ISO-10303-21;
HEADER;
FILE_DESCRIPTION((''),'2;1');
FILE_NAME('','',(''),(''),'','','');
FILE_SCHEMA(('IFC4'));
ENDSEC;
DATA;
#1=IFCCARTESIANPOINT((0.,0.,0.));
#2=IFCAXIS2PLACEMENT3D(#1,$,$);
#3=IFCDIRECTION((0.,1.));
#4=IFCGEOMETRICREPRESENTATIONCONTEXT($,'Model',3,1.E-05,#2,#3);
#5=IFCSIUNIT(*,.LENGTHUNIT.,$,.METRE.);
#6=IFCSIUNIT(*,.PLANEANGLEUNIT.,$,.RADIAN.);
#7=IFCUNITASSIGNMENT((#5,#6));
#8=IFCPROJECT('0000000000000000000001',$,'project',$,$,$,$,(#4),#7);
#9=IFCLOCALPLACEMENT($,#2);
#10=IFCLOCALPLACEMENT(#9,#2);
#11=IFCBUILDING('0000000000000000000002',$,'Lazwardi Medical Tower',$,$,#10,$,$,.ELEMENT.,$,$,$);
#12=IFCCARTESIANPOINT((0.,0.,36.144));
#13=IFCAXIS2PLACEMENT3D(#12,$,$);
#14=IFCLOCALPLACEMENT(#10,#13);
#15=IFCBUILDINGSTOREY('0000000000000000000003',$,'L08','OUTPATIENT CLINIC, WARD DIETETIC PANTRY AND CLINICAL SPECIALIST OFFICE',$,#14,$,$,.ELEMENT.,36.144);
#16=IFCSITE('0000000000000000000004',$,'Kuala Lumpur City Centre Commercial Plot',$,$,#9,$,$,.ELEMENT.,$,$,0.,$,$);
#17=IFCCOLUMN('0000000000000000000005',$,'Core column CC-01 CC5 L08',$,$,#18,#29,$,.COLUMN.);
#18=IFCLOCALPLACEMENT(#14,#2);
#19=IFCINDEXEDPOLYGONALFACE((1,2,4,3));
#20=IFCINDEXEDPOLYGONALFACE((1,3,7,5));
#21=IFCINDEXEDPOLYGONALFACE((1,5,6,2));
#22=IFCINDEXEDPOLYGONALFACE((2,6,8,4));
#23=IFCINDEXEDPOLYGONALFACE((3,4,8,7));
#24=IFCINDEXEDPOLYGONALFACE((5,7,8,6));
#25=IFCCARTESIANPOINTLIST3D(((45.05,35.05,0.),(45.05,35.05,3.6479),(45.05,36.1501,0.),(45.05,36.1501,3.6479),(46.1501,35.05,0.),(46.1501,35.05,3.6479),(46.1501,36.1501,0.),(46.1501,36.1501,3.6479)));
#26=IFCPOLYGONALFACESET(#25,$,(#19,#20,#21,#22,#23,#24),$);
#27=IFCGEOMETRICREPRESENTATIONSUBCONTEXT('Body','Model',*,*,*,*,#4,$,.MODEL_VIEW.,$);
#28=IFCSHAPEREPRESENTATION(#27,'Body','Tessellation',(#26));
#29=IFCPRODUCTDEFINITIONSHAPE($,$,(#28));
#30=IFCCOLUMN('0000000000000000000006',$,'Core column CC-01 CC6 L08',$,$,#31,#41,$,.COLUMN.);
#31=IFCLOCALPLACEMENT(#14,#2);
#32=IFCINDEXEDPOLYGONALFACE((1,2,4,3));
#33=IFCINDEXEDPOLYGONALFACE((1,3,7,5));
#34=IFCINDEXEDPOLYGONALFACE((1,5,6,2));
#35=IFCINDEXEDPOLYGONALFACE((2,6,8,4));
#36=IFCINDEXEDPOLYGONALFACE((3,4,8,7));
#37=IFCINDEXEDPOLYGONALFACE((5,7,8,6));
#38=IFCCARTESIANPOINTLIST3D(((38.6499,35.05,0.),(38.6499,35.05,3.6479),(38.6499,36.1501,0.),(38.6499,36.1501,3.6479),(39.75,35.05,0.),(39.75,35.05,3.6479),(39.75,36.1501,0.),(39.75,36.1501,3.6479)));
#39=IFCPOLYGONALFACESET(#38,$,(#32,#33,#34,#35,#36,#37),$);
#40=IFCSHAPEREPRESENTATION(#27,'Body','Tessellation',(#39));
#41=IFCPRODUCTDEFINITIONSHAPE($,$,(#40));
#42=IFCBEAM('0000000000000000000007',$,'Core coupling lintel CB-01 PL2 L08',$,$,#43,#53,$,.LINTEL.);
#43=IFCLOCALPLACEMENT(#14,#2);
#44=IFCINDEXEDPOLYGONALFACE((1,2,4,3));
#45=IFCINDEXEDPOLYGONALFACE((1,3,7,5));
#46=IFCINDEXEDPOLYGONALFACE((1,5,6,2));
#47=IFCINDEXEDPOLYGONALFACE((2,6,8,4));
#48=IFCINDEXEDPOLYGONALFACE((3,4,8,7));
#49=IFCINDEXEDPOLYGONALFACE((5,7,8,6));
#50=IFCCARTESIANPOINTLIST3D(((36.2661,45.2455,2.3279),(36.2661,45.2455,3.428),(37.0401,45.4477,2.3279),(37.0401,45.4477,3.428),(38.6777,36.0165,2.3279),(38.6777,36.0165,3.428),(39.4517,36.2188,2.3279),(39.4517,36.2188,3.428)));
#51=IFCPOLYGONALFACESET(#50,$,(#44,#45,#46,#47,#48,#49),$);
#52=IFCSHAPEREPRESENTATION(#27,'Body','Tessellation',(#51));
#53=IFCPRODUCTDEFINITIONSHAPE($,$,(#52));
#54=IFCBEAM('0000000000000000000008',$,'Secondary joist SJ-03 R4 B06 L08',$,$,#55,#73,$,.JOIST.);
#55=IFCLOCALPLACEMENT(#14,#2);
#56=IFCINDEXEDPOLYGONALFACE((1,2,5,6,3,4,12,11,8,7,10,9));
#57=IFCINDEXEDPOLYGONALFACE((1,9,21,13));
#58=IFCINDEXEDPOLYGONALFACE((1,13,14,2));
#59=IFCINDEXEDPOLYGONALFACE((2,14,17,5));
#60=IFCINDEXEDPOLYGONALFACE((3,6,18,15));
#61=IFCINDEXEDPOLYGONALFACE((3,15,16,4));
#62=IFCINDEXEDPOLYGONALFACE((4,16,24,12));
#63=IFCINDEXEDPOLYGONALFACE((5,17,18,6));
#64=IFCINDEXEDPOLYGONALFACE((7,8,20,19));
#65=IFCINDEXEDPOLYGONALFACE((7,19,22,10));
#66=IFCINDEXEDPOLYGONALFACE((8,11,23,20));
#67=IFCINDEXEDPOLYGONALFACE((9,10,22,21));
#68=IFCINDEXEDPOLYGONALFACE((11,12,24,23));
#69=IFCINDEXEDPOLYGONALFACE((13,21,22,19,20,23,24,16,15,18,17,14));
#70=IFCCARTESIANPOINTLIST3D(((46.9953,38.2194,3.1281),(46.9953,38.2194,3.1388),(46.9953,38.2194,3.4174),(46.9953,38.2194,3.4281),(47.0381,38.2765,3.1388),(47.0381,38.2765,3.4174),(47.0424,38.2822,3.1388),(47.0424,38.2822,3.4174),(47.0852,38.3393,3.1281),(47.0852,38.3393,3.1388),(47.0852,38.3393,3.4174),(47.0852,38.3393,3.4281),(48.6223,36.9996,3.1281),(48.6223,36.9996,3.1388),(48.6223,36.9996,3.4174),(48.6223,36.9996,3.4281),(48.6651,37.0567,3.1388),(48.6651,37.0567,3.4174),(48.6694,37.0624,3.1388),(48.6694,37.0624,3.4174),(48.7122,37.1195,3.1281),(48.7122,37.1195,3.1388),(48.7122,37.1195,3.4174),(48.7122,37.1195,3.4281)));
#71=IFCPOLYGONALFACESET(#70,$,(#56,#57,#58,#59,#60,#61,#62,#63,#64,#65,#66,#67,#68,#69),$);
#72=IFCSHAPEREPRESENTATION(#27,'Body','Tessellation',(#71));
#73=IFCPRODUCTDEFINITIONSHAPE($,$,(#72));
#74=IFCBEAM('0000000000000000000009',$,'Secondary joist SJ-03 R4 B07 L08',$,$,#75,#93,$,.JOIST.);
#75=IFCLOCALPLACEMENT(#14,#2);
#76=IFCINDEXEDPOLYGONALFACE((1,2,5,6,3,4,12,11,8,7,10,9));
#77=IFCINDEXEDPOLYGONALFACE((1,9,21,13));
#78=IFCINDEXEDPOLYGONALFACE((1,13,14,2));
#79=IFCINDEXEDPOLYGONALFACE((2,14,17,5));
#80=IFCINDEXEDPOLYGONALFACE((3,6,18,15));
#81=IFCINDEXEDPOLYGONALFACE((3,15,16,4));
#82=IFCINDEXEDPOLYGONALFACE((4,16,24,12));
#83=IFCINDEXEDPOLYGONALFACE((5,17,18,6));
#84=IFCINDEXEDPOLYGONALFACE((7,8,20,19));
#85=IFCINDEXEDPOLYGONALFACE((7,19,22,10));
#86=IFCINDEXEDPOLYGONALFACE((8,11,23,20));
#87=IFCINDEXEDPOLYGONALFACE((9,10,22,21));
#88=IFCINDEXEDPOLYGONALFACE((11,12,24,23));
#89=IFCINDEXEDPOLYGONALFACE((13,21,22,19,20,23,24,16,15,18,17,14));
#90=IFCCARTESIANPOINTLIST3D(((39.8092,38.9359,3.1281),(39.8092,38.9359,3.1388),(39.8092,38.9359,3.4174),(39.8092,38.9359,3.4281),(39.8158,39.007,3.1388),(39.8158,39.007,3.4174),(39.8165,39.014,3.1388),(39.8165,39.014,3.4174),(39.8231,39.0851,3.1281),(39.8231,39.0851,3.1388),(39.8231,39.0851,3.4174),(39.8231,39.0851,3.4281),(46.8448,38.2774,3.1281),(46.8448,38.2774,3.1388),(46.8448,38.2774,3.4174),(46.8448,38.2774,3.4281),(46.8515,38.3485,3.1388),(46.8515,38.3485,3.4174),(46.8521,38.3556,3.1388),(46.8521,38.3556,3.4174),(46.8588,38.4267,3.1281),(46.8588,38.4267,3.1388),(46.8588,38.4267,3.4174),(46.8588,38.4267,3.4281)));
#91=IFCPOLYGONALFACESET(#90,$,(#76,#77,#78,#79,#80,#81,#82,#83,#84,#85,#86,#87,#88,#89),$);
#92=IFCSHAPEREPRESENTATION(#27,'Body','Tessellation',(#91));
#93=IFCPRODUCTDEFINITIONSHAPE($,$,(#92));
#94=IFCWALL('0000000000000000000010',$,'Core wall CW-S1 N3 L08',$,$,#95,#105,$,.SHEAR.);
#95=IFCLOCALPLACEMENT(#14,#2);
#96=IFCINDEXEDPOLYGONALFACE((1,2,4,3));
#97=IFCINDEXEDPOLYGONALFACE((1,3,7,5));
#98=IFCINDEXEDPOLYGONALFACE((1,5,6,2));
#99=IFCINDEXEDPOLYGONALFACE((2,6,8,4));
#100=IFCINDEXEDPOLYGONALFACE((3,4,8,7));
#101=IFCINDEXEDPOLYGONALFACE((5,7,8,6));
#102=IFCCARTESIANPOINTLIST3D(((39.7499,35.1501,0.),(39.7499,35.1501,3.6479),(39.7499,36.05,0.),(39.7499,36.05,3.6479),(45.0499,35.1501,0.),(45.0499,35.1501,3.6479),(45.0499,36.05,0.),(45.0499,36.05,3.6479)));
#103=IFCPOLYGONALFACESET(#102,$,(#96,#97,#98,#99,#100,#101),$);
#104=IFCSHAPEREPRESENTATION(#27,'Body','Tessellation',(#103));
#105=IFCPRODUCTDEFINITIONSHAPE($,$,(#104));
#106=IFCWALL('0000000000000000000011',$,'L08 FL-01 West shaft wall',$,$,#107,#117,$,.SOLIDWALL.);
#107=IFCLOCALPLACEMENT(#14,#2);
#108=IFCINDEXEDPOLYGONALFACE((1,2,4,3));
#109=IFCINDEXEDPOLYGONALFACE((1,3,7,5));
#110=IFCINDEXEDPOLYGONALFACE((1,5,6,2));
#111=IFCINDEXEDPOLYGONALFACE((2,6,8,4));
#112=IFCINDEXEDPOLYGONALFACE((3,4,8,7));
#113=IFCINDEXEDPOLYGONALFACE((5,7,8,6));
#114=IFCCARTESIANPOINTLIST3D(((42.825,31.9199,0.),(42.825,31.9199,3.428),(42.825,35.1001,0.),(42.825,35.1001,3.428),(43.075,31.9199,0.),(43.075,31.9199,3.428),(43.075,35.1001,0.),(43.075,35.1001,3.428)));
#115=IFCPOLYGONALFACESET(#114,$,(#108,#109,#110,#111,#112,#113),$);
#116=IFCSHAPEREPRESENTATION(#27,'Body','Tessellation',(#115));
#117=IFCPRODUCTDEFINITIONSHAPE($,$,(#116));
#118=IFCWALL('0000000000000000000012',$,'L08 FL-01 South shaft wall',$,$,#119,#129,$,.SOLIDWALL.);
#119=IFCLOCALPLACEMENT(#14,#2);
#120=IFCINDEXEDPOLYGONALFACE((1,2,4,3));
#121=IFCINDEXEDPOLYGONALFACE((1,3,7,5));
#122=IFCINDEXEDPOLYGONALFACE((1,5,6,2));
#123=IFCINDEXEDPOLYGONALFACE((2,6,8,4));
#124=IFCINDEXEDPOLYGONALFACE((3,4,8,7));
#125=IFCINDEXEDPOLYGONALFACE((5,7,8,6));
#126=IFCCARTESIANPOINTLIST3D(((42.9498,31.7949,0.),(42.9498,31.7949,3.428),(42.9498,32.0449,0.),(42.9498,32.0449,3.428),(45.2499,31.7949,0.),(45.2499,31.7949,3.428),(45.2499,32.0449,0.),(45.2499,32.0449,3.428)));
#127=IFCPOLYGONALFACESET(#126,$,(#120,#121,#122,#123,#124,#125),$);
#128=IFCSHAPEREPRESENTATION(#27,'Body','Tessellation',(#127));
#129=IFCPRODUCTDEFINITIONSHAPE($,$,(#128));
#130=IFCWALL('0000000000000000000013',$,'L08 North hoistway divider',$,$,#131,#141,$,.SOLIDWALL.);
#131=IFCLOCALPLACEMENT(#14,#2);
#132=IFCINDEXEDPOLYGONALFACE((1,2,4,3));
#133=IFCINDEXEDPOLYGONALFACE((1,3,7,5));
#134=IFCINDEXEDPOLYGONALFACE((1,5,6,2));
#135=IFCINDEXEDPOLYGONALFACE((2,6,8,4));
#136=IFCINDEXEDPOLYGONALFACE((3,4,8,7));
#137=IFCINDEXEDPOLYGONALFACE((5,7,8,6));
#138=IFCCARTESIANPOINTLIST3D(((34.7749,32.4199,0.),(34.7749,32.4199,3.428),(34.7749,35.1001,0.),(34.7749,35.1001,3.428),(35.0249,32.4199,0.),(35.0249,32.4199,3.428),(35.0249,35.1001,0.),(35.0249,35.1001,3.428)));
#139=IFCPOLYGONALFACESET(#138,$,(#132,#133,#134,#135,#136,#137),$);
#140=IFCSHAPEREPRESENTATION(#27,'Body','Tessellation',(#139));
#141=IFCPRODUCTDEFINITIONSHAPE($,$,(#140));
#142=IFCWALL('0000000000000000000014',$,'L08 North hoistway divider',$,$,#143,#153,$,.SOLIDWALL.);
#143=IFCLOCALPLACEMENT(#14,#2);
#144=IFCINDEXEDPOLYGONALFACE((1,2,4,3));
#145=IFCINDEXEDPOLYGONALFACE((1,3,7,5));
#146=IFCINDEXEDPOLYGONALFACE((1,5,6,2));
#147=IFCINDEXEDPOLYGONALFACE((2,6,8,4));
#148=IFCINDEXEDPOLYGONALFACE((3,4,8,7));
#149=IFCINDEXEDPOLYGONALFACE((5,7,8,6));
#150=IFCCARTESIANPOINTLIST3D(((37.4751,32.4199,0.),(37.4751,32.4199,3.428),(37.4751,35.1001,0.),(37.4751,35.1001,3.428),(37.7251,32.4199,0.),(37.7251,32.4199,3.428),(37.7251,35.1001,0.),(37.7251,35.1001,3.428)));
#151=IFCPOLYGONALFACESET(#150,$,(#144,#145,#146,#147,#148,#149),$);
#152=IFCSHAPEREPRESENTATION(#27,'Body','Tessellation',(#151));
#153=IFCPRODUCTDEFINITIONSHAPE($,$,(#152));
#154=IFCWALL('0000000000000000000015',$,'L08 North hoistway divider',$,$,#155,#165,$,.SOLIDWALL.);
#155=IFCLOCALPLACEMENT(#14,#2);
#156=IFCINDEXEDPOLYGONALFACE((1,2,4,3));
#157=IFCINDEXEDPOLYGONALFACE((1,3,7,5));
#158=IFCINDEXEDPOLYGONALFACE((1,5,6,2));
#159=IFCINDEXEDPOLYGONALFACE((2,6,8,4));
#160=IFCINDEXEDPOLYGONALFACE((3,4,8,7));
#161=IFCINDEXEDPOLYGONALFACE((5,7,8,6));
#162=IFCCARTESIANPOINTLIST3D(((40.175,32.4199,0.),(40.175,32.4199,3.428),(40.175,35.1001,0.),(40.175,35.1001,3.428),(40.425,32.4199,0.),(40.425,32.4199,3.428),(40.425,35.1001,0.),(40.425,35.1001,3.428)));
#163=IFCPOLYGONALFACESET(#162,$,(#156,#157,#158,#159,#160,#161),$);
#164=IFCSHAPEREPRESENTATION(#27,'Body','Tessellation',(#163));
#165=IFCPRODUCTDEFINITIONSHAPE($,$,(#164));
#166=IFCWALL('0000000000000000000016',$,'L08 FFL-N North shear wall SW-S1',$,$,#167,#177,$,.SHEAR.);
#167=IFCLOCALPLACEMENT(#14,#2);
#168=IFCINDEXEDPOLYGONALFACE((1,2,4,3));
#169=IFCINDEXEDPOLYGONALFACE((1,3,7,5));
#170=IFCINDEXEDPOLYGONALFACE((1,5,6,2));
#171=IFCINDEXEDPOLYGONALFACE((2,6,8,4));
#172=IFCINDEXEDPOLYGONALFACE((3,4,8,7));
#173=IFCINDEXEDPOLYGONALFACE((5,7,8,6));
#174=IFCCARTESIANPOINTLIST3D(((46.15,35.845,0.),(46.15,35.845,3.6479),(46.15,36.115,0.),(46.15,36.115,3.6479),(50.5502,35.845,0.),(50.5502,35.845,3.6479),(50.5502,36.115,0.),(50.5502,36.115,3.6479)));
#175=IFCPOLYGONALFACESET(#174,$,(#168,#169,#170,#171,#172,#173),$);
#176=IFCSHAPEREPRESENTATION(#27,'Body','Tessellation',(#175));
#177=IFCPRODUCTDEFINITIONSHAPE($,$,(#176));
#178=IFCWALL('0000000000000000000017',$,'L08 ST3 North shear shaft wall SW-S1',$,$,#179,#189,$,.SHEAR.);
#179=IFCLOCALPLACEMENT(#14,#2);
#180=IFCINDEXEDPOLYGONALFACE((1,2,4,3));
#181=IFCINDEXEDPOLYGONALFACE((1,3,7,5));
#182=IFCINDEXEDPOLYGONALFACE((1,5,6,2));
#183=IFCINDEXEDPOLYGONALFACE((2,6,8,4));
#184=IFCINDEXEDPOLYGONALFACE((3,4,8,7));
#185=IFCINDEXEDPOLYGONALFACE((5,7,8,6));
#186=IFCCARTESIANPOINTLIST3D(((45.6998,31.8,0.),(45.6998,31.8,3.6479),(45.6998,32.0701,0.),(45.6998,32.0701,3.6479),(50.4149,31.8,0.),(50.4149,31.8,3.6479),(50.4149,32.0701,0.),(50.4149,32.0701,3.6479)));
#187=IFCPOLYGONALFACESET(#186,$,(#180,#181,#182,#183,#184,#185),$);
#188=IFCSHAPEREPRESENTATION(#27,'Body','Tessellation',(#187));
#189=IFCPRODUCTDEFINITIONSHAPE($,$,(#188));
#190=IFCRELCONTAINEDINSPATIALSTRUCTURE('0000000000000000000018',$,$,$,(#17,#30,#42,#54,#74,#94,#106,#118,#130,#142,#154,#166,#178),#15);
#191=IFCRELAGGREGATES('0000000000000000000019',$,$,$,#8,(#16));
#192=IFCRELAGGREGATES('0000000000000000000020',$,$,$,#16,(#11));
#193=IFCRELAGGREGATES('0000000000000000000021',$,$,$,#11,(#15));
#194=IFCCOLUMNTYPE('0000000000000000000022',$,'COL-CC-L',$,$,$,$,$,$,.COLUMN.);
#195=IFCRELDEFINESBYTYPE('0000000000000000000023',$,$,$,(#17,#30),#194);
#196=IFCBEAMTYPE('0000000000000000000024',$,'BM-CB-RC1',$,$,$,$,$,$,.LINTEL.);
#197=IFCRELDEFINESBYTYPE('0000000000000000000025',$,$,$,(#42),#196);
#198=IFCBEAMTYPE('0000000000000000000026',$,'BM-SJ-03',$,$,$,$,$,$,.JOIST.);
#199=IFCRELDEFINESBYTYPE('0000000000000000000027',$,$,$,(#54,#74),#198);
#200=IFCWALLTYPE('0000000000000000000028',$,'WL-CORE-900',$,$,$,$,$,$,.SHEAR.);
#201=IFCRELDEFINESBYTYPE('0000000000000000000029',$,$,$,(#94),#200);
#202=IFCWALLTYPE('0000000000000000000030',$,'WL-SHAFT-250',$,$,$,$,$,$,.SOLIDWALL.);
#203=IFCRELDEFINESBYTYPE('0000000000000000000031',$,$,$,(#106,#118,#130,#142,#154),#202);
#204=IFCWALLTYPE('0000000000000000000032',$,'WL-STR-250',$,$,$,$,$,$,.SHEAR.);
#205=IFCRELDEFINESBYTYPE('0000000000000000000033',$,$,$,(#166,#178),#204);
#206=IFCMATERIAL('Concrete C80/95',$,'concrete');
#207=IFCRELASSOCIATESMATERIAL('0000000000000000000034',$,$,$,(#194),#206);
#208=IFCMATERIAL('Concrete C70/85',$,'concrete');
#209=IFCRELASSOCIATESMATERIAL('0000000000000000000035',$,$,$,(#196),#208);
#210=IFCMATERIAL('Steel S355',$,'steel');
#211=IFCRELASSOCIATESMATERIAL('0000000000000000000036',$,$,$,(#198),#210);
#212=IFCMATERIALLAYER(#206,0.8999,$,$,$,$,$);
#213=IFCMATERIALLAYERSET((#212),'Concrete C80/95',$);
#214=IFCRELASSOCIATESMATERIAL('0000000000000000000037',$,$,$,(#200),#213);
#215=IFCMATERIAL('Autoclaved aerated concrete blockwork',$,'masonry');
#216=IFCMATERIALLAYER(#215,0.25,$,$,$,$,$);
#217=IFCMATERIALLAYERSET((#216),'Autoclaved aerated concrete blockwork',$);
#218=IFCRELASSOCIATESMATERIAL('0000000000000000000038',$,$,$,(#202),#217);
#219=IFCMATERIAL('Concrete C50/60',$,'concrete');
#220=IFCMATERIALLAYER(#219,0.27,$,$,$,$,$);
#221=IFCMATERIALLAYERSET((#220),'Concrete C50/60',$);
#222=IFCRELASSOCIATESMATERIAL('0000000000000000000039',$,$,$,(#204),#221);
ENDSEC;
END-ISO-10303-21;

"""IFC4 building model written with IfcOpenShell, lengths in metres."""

from ifc_helpers import new_model, si_unit, direction, frame, frame_2d, origin, origin_2d, place, context, subcontext, project, spatial, rectangle, i_section, extrude, material, layer, layer_set, material_profile, profile_set, type_object, element, save


model = new_model("IFC4")

# Units and contexts
model_context = context("Model", 3, precision=1e-05, world=origin(), true_north=direction((0.0, 1.0)))
body_context = subcontext(model_context, "Body", "Model", "MODEL_VIEW")
ifc_project = project(units=[si_unit("LENGTHUNIT", "METRE"), si_unit("PLANEANGLEUNIT", "RADIAN")], contexts=[model_context])

# Site, building, storey
site_placement = place(None, origin())
site = spatial("IfcSite", under=ifc_project, at=site_placement, Name="Kuala Lumpur City Centre Commercial Plot", CompositionType="ELEMENT", RefElevation=0.0)
building_placement = place(site_placement, origin())
building = spatial("IfcBuilding", under=site, at=building_placement, Name="Lazwardi Medical Tower", CompositionType="ELEMENT")
storey_placement = place(building_placement, frame((0.0, 0.0, 36.144)))
storey = spatial("IfcBuildingStorey", under=building, at=storey_placement, Name="L08", Description="OUTPATIENT CLINIC, WARD DIETETIC PANTRY AND CLINICAL SPECIALIST OFFICE", CompositionType="ELEMENT", Elevation=36.144)

# Columns
ifc_material_1 = material(Name="Concrete C80/95", Category="concrete")
ifc_material_profile_1 = material_profile(ifc_material_1, rectangle(XDim=1.1001, YDim=1.1001, at=origin_2d()), Name="RC 1100x1100")
ifc_profile_set_1 = profile_set([ifc_material_profile_1], Name="Concrete C80/95")
column_type = type_object("IfcColumnType", Name="COL-CC-L", PredefinedType="COLUMN", material=ifc_profile_set_1)
for number, where, z_axis, x_axis, name in (
    (1, (45.6001, 35.6001, 0.0), (0.0, 0.0, 1.0), (1.0, 0.0, 0.0), "Core column CC-01 CC5 L08"),
    (2, (39.2, 35.6001, 0.0), (0.0, 0.0, 1.0), (1.0, 0.0, 0.0), "Core column CC-01 CC6 L08"),
):
    element("IfcColumn", number, at=place(storey_placement, frame(where, z_axis=z_axis, x_axis=x_axis)), inside=storey, type_object=column_type, Name=name, PredefinedType="COLUMN", context=body_context, shape_type="SweptSolid", body=[
        extrude(rectangle(XDim=1.1001, YDim=1.1001, at=origin_2d()), origin(), (0.0, 0.0, 1.0), 3.6479),
    ])

# Beams
ifc_material_2 = material(Name="Concrete C70/85", Category="concrete")
ifc_material_profile_2 = material_profile(ifc_material_2, rectangle(XDim=0.8, YDim=1.1001, at=origin_2d()), Name="RC 800x1100")
ifc_profile_set_2 = profile_set([ifc_material_profile_2], Name="Concrete C70/85")
beam_type_1 = type_object("IfcBeamType", Name="BM-CB-RC1", PredefinedType="LINTEL", material=ifc_profile_set_2)
beam_1_placement = place(storey_placement, frame((39.0647, 36.1177, 2.8779), z_axis=(-0.25282, 0.967513, 0.0), x_axis=(-0.967513, -0.25282, 0.0)))
element("IfcBeam", 3, at=beam_1_placement, inside=storey, type_object=beam_type_1, Name="Core coupling lintel CB-01 PL2 L08", PredefinedType="LINTEL", context=body_context, shape_type="SweptSolid", body=[
    extrude(rectangle(XDim=0.8, YDim=1.1001, at=origin_2d()), origin(), (0.0, 0.0, 1.0), 9.5388),
])
ifc_material_3 = material(Name="Steel S355", Category="steel")
ifc_material_profile_3 = material_profile(ifc_material_3, i_section(OverallWidth=0.1499, OverallDepth=0.3, WebThickness=0.0071, FlangeThickness=0.0107, at=origin_2d()), Name="IPE 300")
ifc_profile_set_3 = profile_set([ifc_material_profile_3], Name="Steel S355")
beam_type_2 = type_object("IfcBeamType", Name="BM-SJ-03", PredefinedType="JOIST", material=ifc_profile_set_3)
beam_2_placement = place(storey_placement, frame((48.6672, 37.0596, 3.2781), z_axis=(-0.800115, 0.599846, 0.0), x_axis=(-0.599846, -0.800115, 0.0)))
element("IfcBeam", 4, at=beam_2_placement, inside=storey, type_object=beam_type_2, Name="Secondary joist SJ-03 R4 B06 L08", PredefinedType="JOIST", context=body_context, shape_type="SweptSolid", body=[
    extrude(i_section(OverallWidth=0.1499, OverallDepth=0.3, WebThickness=0.0071, FlangeThickness=0.0107, at=origin_2d()), origin(), (0.0, 0.0, 1.0), 2.0334),
])
beam_3_placement = place(storey_placement, frame((46.8518, 38.3521, 3.2781), z_axis=(-0.995649, 0.09318, 0.0), x_axis=(-0.09318, -0.995649, 0.0)))
element("IfcBeam", 5, at=beam_3_placement, inside=storey, type_object=beam_type_2, Name="Secondary joist SJ-03 R4 B07 L08", PredefinedType="JOIST", context=body_context, shape_type="SweptSolid", body=[
    extrude(i_section(OverallWidth=0.1499, OverallDepth=0.3, WebThickness=0.0071, FlangeThickness=0.0107, at=origin_2d()), origin(), (0.0, 0.0, 1.0), 7.0664),
])

# Walls
ifc_layer_1 = layer(ifc_material_1, 0.8999)
ifc_layer_set_1 = layer_set([ifc_layer_1], Name="Concrete C80/95")
wall_type_1 = type_object("IfcWallType", Name="WL-CORE-900", PredefinedType="SHEAR", material=ifc_layer_set_1)
wall_1_placement = place(storey_placement, frame((39.75, 35.6001, 0.0), z_axis=(0.0, 0.0, 1.0), x_axis=(1.0, 0.0, 0.0)))
element("IfcWall", 6, at=wall_1_placement, inside=storey, type_object=wall_type_1, Name="Core wall CW-S1 N3 L08", PredefinedType="SHEAR", context=body_context, shape_type="SweptSolid", body=[
    extrude(rectangle(XDim=5.3, YDim=0.8999, at=frame_2d((2.6499, 0.0))), origin(), (0.0, 0.0, 1.0), 3.6479),
])
ifc_material_4 = material(Name="Autoclaved aerated concrete blockwork", Category="masonry")
ifc_layer_2 = layer(ifc_material_4, 0.25)
ifc_layer_set_2 = layer_set([ifc_layer_2], Name="Autoclaved aerated concrete blockwork")
wall_type_2 = type_object("IfcWallType", Name="WL-SHAFT-250", PredefinedType="SOLIDWALL", material=ifc_layer_set_2)
wall_2_placement = place(storey_placement, frame((42.95, 31.9199, 0.0), z_axis=(0.0, 0.0, 1.0), x_axis=(0.0, 1.0, 0.0)))
element("IfcWall", 7, at=wall_2_placement, inside=storey, type_object=wall_type_2, Name="L08 FL-01 West shaft wall", PredefinedType="SOLIDWALL", context=body_context, shape_type="SweptSolid", body=[
    extrude(rectangle(XDim=3.1802, YDim=0.25, at=frame_2d((1.5901, 0.0))), origin(), (0.0, 0.0, 1.0), 3.428),
])
wall_3_placement = place(storey_placement, frame((42.95, 31.9199, 0.0), z_axis=(0.0, 0.0, 1.0), x_axis=(1.0, 0.0, 0.0)))
element("IfcWall", 8, at=wall_3_placement, inside=storey, type_object=wall_type_2, Name="L08 FL-01 South shaft wall", PredefinedType="SOLIDWALL", context=body_context, shape_type="SweptSolid", body=[
    extrude(rectangle(XDim=2.3, YDim=0.25, at=frame_2d((1.1499, 0.0))), origin(), (0.0, 0.0, 1.0), 3.428),
])
for number, where, z_axis, x_axis, name in (
    (9, (34.8999, 32.4199, 0.0), (0.0, 0.0, 1.0), (0.0, 1.0, 0.0), "L08 North hoistway divider"),
    (10, (37.6001, 32.4199, 0.0), (0.0, 0.0, 1.0), (0.0, 1.0, 0.0), "L08 North hoistway divider"),
    (11, (40.3, 32.4199, 0.0), (0.0, 0.0, 1.0), (0.0, 1.0, 0.0), "L08 North hoistway divider"),
):
    element("IfcWall", number, at=place(storey_placement, frame(where, z_axis=z_axis, x_axis=x_axis)), inside=storey, type_object=wall_type_2, Name=name, PredefinedType="SOLIDWALL", context=body_context, shape_type="SweptSolid", body=[
        extrude(rectangle(XDim=2.6802, YDim=0.25, at=frame_2d((1.3401, 0.0))), origin(), (0.0, 0.0, 1.0), 3.428),
    ])

# Shared definitions
ifc_material_5 = material(Name="Concrete C50/60", Category="concrete")
ifc_layer_3 = layer(ifc_material_5, 0.27)
ifc_layer_set_3 = layer_set([ifc_layer_3], Name="Concrete C50/60")
wall_type_3 = type_object("IfcWallType", Name="WL-STR-250", PredefinedType="SHEAR", material=ifc_layer_set_3)

# Walls
wall_4_placement = place(storey_placement, frame((46.1499, 35.98, 0.0), z_axis=(0.0, 0.0, 1.0), x_axis=(1.0, 0.0, 0.0)))
element("IfcWall", 12, at=wall_4_placement, inside=storey, type_object=wall_type_3, Name="L08 FFL-N North shear wall SW-S1", PredefinedType="SHEAR", context=body_context, shape_type="SweptSolid", body=[
    extrude(rectangle(XDim=4.4001, YDim=0.27, at=frame_2d((2.2002, 0.0))), origin(), (0.0, 0.0, 1.0), 3.6479),
])
wall_5_placement = place(storey_placement, frame((45.7, 31.9351, 0.0), z_axis=(0.0, 0.0, 1.0), x_axis=(1.0, 0.0, 0.0)))
element("IfcWall", 13, at=wall_5_placement, inside=storey, type_object=wall_type_3, Name="L08 ST3 North shear shaft wall SW-S1", PredefinedType="SHEAR", context=body_context, shape_type="SweptSolid", body=[
    extrude(rectangle(XDim=4.7151, YDim=0.27, at=frame_2d((2.3574, 0.0))), origin(), (0.0, 0.0, 1.0), 3.6479),
])

save(model, "model.ifc")
